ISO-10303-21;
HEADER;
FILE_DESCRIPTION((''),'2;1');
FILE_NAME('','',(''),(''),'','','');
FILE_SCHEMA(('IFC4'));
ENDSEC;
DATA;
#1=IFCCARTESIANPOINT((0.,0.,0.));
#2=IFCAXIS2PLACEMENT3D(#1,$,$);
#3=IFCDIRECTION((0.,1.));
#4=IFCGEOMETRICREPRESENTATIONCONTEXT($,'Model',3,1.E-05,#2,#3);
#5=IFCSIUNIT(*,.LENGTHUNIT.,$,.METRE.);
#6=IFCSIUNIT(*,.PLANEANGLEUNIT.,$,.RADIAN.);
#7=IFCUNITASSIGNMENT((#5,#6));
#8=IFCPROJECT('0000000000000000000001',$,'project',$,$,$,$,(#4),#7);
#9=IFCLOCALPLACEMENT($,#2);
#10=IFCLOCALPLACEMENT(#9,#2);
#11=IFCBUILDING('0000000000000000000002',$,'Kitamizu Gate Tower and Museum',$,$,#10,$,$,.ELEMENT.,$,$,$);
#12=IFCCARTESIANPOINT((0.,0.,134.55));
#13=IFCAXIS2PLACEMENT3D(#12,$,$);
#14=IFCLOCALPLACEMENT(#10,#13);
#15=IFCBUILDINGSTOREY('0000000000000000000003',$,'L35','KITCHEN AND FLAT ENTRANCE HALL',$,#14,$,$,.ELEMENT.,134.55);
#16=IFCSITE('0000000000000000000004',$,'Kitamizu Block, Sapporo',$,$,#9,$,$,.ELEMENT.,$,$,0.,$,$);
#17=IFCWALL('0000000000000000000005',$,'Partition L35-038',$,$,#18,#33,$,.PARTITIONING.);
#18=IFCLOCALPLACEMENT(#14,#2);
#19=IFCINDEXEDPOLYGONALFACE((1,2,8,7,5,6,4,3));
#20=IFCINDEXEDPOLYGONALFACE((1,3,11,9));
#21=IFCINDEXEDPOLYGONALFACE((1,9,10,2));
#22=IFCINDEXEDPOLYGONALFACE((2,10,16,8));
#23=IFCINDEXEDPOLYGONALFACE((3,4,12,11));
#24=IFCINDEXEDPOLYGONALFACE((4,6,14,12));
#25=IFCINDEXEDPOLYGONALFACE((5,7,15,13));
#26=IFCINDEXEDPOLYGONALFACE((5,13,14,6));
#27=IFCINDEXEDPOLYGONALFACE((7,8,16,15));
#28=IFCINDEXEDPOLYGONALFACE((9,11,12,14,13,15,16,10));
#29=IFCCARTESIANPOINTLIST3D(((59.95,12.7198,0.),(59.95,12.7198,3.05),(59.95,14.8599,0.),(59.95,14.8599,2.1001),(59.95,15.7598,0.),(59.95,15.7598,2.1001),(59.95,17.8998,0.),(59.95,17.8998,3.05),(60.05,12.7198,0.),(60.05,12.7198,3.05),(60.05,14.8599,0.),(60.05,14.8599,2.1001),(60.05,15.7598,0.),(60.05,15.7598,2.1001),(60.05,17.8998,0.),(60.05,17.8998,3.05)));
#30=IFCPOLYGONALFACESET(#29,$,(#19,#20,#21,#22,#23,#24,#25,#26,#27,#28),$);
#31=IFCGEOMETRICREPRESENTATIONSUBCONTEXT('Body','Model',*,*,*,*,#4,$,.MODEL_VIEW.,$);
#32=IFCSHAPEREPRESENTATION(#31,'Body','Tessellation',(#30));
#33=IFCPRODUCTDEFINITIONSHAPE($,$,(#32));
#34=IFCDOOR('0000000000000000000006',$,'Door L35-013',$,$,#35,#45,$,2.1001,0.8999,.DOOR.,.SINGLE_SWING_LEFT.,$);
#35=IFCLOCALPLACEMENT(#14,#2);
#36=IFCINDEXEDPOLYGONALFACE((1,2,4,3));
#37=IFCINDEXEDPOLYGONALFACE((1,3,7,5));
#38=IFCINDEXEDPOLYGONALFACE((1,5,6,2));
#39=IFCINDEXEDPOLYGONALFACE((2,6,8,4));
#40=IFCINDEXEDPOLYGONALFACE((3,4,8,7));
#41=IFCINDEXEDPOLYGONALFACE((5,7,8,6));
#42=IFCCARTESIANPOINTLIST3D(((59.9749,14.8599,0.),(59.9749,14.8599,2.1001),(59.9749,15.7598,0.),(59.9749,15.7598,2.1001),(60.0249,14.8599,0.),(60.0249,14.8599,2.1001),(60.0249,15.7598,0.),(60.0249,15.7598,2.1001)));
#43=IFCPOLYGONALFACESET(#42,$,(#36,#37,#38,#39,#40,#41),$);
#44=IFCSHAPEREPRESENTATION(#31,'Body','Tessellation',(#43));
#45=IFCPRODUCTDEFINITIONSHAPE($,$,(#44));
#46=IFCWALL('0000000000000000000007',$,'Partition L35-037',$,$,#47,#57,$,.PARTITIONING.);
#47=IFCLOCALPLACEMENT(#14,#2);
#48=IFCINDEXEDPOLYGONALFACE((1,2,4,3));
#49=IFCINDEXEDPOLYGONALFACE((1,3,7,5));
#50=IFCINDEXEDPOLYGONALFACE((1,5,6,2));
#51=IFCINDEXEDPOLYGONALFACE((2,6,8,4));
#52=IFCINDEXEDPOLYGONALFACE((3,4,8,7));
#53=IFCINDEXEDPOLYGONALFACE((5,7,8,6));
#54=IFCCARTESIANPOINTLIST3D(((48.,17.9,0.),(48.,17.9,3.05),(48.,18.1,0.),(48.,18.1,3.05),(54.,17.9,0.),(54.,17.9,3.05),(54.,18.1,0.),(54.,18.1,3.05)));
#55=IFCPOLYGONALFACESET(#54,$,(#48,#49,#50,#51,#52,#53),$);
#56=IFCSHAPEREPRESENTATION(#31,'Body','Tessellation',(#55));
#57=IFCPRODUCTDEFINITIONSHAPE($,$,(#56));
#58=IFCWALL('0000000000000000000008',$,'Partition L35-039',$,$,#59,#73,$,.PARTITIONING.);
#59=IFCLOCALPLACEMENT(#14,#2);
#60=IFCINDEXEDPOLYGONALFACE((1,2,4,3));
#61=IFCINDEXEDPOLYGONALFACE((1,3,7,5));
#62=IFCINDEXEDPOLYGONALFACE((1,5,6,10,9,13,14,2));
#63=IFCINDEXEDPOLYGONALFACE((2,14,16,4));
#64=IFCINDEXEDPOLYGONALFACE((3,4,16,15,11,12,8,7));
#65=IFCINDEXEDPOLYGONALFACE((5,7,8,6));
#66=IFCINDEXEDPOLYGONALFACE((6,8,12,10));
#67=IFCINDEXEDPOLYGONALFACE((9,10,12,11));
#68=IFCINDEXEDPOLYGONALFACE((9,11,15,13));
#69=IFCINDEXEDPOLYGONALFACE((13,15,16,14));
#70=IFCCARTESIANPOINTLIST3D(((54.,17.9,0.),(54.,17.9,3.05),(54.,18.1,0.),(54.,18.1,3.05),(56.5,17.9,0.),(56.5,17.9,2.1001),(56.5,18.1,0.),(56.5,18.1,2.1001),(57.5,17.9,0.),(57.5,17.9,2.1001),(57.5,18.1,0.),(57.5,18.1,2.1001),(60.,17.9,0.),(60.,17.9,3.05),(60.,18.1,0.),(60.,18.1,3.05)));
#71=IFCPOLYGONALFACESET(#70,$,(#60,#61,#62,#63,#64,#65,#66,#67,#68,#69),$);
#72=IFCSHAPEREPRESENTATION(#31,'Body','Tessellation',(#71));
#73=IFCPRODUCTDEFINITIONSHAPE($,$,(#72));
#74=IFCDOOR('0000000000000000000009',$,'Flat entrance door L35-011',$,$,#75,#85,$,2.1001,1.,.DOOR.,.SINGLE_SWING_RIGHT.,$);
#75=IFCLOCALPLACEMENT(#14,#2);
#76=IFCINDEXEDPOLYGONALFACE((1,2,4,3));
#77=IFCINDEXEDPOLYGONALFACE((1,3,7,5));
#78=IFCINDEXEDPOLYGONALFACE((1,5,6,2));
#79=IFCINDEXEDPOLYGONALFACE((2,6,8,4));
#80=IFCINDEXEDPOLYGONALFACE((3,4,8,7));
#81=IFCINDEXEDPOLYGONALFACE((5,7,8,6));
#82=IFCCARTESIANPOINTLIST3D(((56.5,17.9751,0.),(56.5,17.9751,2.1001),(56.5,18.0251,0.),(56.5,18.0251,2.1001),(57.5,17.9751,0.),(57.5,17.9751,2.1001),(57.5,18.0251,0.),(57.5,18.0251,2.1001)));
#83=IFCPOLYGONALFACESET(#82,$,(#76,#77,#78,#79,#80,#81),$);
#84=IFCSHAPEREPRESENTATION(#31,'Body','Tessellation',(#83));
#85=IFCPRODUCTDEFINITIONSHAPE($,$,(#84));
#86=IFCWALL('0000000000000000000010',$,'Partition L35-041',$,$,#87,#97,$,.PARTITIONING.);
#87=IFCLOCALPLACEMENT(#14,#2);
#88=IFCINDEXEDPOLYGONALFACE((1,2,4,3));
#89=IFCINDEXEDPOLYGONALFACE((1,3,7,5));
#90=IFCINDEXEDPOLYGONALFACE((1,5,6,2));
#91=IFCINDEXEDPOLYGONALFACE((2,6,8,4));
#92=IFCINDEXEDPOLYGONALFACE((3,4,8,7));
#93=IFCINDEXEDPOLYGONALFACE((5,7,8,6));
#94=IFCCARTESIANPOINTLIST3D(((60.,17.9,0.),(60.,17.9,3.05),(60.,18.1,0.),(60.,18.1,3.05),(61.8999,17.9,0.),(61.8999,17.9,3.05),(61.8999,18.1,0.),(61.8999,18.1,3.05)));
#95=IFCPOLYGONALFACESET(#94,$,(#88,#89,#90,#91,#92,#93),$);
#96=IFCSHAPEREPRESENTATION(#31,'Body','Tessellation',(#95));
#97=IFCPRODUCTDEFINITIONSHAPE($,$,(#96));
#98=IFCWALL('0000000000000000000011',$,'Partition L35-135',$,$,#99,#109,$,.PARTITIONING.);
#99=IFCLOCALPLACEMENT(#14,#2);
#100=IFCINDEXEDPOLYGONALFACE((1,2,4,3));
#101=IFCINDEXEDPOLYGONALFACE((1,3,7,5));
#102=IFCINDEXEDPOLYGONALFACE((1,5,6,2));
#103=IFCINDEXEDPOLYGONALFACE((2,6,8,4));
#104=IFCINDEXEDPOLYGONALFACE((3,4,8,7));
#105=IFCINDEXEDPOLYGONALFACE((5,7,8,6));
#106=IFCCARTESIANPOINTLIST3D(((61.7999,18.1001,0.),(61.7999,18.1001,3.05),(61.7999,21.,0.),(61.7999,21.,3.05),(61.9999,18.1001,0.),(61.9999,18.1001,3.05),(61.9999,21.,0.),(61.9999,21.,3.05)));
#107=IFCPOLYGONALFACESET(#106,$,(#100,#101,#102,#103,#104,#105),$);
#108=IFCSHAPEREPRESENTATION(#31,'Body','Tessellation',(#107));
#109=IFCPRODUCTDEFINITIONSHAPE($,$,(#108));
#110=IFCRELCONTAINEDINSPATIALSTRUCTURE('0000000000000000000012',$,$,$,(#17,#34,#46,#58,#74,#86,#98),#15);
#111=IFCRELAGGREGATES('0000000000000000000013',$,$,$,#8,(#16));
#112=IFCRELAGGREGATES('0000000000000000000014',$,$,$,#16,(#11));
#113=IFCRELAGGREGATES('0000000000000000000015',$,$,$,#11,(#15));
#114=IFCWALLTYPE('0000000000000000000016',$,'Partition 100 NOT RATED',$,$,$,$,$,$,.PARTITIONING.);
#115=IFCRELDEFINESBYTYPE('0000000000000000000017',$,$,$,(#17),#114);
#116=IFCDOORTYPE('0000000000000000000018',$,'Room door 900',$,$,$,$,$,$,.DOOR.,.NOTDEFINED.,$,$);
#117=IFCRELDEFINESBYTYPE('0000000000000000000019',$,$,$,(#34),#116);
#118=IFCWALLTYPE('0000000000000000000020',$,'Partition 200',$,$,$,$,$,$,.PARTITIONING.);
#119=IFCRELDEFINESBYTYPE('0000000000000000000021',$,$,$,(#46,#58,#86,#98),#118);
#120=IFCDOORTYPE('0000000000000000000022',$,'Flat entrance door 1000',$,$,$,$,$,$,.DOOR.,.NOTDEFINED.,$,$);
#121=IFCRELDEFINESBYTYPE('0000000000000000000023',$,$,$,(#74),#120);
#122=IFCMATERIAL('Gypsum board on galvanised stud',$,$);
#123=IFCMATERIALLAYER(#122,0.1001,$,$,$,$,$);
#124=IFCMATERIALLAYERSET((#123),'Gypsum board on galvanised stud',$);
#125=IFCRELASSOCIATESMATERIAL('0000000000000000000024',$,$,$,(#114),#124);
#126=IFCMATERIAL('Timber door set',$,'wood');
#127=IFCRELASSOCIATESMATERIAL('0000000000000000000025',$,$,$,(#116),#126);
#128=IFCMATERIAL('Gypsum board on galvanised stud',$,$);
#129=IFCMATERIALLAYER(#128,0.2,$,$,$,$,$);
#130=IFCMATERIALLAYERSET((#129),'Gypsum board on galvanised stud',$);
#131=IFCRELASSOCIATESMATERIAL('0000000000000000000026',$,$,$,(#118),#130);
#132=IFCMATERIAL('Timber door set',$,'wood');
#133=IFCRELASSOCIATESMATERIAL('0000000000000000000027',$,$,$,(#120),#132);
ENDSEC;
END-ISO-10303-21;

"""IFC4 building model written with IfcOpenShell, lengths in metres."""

from ifc_helpers import new_model, si_unit, direction, frame, frame_2d, origin, place, context, subcontext, project, spatial, rectangle, extrude, material, layer, layer_set, type_object, element, fill, save


model = new_model("IFC4")

# Units and contexts
model_context = context("Model", 3, precision=1e-05, world=origin(), true_north=direction((0.0, 1.0)))
body_context = subcontext(model_context, "Body", "Model", "MODEL_VIEW")
ifc_project = project(units=[si_unit("LENGTHUNIT", "METRE"), si_unit("PLANEANGLEUNIT", "RADIAN")], contexts=[model_context])

# Site, building, storey
site_placement = place(None, origin())
site = spatial("IfcSite", under=ifc_project, at=site_placement, Name="Kitamizu Block, Sapporo", CompositionType="ELEMENT", RefElevation=0.0)
building_placement = place(site_placement, origin())
building = spatial("IfcBuilding", under=site, at=building_placement, Name="Kitamizu Gate Tower and Museum", CompositionType="ELEMENT")
storey_placement = place(building_placement, frame((0.0, 0.0, 134.55)))
storey = spatial("IfcBuildingStorey", under=building, at=storey_placement, Name="L35", Description="KITCHEN AND FLAT ENTRANCE HALL", CompositionType="ELEMENT", Elevation=134.55)

# Wall, opening, door
ifc_material_1 = material(Name="Gypsum board on galvanised stud")
ifc_layer_1 = layer(ifc_material_1, 0.1001)
ifc_layer_set_1 = layer_set([ifc_layer_1], Name="Gypsum board on galvanised stud")
wall_type_1 = type_object("IfcWallType", Name="Partition 100 NOT RATED", PredefinedType="PARTITIONING", material=ifc_layer_set_1)
ifc_material_2 = material(Name="Timber door set", Category="wood")
door_type_1 = type_object("IfcDoorType", Name="Room door 900", OperationType="NOTDEFINED", PredefinedType="DOOR", material=ifc_material_2)
wall_1_placement = place(storey_placement, frame((60.0, 12.72, 0.0), z_axis=(0.0, 0.0, 1.0), x_axis=(0.0, 1.0, 0.0)))
wall_1 = element("IfcWall", 1, at=wall_1_placement, inside=storey, type_object=wall_type_1, Name="Partition L35-038", PredefinedType="PARTITIONING", context=body_context, shape_type="SweptSolid", body=[
    extrude(rectangle(XDim=5.1799, YDim=0.1001, at=frame_2d((2.5898, 0.0))), origin(), (0.0, 0.0, 1.0), 3.05),
])
opening_1_placement = place(wall_1_placement, frame((2.1399, 0.0, 0.0)))
opening_1 = element("IfcOpeningElement", 2, at=opening_1_placement, cuts=wall_1, PredefinedType="OPENING", context=body_context, shape_type="SweptSolid", body=[
    extrude(rectangle(XDim=0.8999, YDim=2.1001, at=frame_2d((0.45, 1.05))), frame((0.0, 0.0601, 0.0), z_axis=(0.0, -1.0, 0.0), x_axis=(1.0, 0.0, 0.0)), (0.0, 0.0, 1.0), 0.1201),
])
door_1_placement = place(opening_1_placement, frame((0.8999, 0.0, 0.0), x_axis=(-1.0, 0.0, 0.0)))
door_1 = element("IfcDoor", 3, at=door_1_placement, inside=storey, type_object=door_type_1, Name="Door L35-013", OperationType="SINGLE_SWING_LEFT", OverallHeight=2.1001, OverallWidth=0.8999, PredefinedType="DOOR", context=body_context, shape_type="SweptSolid", body=[
    extrude(rectangle(XDim=0.8999, YDim=2.1001, at=frame_2d((0.45, 1.05))), frame((0.0, 0.0249, 0.0), z_axis=(0.0, -1.0, 0.0), x_axis=(1.0, 0.0, 0.0)), (0.0, 0.0, 1.0), 0.05),
])
fill(opening_1, door_1)

# Wall
ifc_material_3 = material(Name="Gypsum board on galvanised stud")
ifc_layer_2 = layer(ifc_material_3, 0.2)
ifc_layer_set_2 = layer_set([ifc_layer_2], Name="Gypsum board on galvanised stud")
wall_type_2 = type_object("IfcWallType", Name="Partition 200", PredefinedType="PARTITIONING", material=ifc_layer_set_2)
wall_2_placement = place(storey_placement, frame((54.0, 18.0, 0.0), z_axis=(0.0, 0.0, 1.0), x_axis=(-1.0, 0.0, 0.0)))
element("IfcWall", 4, at=wall_2_placement, inside=storey, type_object=wall_type_2, Name="Partition L35-037", PredefinedType="PARTITIONING", context=body_context, shape_type="SweptSolid", body=[
    extrude(rectangle(XDim=6.0, YDim=0.2, at=frame_2d((3.0, 0.0))), origin(), (0.0, 0.0, 1.0), 3.05),
])

# Wall, opening, door
wall_3_placement = place(storey_placement, frame((60.0, 18.0, 0.0), z_axis=(0.0, 0.0, 1.0), x_axis=(-1.0, 0.0, 0.0)))
wall_3 = element("IfcWall", 5, at=wall_3_placement, inside=storey, type_object=wall_type_2, Name="Partition L35-039", PredefinedType="PARTITIONING", context=body_context, shape_type="SweptSolid", body=[
    extrude(rectangle(XDim=6.0, YDim=0.2, at=frame_2d((3.0, 0.0))), origin(), (0.0, 0.0, 1.0), 3.05),
])
opening_2_placement = place(wall_3_placement, frame((2.5, 0.0, 0.0)))
opening_2 = element("IfcOpeningElement", 6, at=opening_2_placement, cuts=wall_3, PredefinedType="OPENING", context=body_context, shape_type="SweptSolid", body=[
    extrude(rectangle(XDim=1.0, YDim=2.1001, at=frame_2d((0.5, 1.05))), frame((0.0, 0.1099, 0.0), z_axis=(0.0, -1.0, 0.0), x_axis=(1.0, 0.0, 0.0)), (0.0, 0.0, 1.0), 0.22),
])
ifc_material_4 = material(Name="Timber door set", Category="wood")
door_type_2 = type_object("IfcDoorType", Name="Flat entrance door 1000", OperationType="NOTDEFINED", PredefinedType="DOOR", material=ifc_material_4)
door_2_placement = place(opening_2_placement, origin())
door_2 = element("IfcDoor", 7, at=door_2_placement, inside=storey, type_object=door_type_2, Name="Flat entrance door L35-011", OperationType="SINGLE_SWING_RIGHT", OverallHeight=2.1001, OverallWidth=1.0, PredefinedType="DOOR", context=body_context, shape_type="SweptSolid", body=[
    extrude(rectangle(XDim=1.0, YDim=2.1001, at=frame_2d((0.5, 1.05))), frame((0.0, 0.0249, 0.0), z_axis=(0.0, -1.0, 0.0), x_axis=(1.0, 0.0, 0.0)), (0.0, 0.0, 1.0), 0.05),
])
fill(opening_2, door_2)

# Walls
wall_4_placement = place(storey_placement, frame((61.8999, 18.0, 0.0), z_axis=(0.0, 0.0, 1.0), x_axis=(-1.0, 0.0, 0.0)))
element("IfcWall", 8, at=wall_4_placement, inside=storey, type_object=wall_type_2, Name="Partition L35-041", PredefinedType="PARTITIONING", context=body_context, shape_type="SweptSolid", body=[
    extrude(rectangle(XDim=1.8999, YDim=0.2, at=frame_2d((0.95, 0.0))), origin(), (0.0, 0.0, 1.0), 3.05),
])
wall_5_placement = place(storey_placement, frame((61.8999, 21.0, 0.0), z_axis=(0.0, 0.0, 1.0), x_axis=(0.0, -1.0, 0.0)))
element("IfcWall", 9, at=wall_5_placement, inside=storey, type_object=wall_type_2, Name="Partition L35-135", PredefinedType="PARTITIONING", context=body_context, shape_type="SweptSolid", body=[
    extrude(rectangle(XDim=2.8999, YDim=0.2, at=frame_2d((1.45, 0.0))), origin(), (0.0, 0.0, 1.0), 3.05),
])

save(model, "model.ifc")
